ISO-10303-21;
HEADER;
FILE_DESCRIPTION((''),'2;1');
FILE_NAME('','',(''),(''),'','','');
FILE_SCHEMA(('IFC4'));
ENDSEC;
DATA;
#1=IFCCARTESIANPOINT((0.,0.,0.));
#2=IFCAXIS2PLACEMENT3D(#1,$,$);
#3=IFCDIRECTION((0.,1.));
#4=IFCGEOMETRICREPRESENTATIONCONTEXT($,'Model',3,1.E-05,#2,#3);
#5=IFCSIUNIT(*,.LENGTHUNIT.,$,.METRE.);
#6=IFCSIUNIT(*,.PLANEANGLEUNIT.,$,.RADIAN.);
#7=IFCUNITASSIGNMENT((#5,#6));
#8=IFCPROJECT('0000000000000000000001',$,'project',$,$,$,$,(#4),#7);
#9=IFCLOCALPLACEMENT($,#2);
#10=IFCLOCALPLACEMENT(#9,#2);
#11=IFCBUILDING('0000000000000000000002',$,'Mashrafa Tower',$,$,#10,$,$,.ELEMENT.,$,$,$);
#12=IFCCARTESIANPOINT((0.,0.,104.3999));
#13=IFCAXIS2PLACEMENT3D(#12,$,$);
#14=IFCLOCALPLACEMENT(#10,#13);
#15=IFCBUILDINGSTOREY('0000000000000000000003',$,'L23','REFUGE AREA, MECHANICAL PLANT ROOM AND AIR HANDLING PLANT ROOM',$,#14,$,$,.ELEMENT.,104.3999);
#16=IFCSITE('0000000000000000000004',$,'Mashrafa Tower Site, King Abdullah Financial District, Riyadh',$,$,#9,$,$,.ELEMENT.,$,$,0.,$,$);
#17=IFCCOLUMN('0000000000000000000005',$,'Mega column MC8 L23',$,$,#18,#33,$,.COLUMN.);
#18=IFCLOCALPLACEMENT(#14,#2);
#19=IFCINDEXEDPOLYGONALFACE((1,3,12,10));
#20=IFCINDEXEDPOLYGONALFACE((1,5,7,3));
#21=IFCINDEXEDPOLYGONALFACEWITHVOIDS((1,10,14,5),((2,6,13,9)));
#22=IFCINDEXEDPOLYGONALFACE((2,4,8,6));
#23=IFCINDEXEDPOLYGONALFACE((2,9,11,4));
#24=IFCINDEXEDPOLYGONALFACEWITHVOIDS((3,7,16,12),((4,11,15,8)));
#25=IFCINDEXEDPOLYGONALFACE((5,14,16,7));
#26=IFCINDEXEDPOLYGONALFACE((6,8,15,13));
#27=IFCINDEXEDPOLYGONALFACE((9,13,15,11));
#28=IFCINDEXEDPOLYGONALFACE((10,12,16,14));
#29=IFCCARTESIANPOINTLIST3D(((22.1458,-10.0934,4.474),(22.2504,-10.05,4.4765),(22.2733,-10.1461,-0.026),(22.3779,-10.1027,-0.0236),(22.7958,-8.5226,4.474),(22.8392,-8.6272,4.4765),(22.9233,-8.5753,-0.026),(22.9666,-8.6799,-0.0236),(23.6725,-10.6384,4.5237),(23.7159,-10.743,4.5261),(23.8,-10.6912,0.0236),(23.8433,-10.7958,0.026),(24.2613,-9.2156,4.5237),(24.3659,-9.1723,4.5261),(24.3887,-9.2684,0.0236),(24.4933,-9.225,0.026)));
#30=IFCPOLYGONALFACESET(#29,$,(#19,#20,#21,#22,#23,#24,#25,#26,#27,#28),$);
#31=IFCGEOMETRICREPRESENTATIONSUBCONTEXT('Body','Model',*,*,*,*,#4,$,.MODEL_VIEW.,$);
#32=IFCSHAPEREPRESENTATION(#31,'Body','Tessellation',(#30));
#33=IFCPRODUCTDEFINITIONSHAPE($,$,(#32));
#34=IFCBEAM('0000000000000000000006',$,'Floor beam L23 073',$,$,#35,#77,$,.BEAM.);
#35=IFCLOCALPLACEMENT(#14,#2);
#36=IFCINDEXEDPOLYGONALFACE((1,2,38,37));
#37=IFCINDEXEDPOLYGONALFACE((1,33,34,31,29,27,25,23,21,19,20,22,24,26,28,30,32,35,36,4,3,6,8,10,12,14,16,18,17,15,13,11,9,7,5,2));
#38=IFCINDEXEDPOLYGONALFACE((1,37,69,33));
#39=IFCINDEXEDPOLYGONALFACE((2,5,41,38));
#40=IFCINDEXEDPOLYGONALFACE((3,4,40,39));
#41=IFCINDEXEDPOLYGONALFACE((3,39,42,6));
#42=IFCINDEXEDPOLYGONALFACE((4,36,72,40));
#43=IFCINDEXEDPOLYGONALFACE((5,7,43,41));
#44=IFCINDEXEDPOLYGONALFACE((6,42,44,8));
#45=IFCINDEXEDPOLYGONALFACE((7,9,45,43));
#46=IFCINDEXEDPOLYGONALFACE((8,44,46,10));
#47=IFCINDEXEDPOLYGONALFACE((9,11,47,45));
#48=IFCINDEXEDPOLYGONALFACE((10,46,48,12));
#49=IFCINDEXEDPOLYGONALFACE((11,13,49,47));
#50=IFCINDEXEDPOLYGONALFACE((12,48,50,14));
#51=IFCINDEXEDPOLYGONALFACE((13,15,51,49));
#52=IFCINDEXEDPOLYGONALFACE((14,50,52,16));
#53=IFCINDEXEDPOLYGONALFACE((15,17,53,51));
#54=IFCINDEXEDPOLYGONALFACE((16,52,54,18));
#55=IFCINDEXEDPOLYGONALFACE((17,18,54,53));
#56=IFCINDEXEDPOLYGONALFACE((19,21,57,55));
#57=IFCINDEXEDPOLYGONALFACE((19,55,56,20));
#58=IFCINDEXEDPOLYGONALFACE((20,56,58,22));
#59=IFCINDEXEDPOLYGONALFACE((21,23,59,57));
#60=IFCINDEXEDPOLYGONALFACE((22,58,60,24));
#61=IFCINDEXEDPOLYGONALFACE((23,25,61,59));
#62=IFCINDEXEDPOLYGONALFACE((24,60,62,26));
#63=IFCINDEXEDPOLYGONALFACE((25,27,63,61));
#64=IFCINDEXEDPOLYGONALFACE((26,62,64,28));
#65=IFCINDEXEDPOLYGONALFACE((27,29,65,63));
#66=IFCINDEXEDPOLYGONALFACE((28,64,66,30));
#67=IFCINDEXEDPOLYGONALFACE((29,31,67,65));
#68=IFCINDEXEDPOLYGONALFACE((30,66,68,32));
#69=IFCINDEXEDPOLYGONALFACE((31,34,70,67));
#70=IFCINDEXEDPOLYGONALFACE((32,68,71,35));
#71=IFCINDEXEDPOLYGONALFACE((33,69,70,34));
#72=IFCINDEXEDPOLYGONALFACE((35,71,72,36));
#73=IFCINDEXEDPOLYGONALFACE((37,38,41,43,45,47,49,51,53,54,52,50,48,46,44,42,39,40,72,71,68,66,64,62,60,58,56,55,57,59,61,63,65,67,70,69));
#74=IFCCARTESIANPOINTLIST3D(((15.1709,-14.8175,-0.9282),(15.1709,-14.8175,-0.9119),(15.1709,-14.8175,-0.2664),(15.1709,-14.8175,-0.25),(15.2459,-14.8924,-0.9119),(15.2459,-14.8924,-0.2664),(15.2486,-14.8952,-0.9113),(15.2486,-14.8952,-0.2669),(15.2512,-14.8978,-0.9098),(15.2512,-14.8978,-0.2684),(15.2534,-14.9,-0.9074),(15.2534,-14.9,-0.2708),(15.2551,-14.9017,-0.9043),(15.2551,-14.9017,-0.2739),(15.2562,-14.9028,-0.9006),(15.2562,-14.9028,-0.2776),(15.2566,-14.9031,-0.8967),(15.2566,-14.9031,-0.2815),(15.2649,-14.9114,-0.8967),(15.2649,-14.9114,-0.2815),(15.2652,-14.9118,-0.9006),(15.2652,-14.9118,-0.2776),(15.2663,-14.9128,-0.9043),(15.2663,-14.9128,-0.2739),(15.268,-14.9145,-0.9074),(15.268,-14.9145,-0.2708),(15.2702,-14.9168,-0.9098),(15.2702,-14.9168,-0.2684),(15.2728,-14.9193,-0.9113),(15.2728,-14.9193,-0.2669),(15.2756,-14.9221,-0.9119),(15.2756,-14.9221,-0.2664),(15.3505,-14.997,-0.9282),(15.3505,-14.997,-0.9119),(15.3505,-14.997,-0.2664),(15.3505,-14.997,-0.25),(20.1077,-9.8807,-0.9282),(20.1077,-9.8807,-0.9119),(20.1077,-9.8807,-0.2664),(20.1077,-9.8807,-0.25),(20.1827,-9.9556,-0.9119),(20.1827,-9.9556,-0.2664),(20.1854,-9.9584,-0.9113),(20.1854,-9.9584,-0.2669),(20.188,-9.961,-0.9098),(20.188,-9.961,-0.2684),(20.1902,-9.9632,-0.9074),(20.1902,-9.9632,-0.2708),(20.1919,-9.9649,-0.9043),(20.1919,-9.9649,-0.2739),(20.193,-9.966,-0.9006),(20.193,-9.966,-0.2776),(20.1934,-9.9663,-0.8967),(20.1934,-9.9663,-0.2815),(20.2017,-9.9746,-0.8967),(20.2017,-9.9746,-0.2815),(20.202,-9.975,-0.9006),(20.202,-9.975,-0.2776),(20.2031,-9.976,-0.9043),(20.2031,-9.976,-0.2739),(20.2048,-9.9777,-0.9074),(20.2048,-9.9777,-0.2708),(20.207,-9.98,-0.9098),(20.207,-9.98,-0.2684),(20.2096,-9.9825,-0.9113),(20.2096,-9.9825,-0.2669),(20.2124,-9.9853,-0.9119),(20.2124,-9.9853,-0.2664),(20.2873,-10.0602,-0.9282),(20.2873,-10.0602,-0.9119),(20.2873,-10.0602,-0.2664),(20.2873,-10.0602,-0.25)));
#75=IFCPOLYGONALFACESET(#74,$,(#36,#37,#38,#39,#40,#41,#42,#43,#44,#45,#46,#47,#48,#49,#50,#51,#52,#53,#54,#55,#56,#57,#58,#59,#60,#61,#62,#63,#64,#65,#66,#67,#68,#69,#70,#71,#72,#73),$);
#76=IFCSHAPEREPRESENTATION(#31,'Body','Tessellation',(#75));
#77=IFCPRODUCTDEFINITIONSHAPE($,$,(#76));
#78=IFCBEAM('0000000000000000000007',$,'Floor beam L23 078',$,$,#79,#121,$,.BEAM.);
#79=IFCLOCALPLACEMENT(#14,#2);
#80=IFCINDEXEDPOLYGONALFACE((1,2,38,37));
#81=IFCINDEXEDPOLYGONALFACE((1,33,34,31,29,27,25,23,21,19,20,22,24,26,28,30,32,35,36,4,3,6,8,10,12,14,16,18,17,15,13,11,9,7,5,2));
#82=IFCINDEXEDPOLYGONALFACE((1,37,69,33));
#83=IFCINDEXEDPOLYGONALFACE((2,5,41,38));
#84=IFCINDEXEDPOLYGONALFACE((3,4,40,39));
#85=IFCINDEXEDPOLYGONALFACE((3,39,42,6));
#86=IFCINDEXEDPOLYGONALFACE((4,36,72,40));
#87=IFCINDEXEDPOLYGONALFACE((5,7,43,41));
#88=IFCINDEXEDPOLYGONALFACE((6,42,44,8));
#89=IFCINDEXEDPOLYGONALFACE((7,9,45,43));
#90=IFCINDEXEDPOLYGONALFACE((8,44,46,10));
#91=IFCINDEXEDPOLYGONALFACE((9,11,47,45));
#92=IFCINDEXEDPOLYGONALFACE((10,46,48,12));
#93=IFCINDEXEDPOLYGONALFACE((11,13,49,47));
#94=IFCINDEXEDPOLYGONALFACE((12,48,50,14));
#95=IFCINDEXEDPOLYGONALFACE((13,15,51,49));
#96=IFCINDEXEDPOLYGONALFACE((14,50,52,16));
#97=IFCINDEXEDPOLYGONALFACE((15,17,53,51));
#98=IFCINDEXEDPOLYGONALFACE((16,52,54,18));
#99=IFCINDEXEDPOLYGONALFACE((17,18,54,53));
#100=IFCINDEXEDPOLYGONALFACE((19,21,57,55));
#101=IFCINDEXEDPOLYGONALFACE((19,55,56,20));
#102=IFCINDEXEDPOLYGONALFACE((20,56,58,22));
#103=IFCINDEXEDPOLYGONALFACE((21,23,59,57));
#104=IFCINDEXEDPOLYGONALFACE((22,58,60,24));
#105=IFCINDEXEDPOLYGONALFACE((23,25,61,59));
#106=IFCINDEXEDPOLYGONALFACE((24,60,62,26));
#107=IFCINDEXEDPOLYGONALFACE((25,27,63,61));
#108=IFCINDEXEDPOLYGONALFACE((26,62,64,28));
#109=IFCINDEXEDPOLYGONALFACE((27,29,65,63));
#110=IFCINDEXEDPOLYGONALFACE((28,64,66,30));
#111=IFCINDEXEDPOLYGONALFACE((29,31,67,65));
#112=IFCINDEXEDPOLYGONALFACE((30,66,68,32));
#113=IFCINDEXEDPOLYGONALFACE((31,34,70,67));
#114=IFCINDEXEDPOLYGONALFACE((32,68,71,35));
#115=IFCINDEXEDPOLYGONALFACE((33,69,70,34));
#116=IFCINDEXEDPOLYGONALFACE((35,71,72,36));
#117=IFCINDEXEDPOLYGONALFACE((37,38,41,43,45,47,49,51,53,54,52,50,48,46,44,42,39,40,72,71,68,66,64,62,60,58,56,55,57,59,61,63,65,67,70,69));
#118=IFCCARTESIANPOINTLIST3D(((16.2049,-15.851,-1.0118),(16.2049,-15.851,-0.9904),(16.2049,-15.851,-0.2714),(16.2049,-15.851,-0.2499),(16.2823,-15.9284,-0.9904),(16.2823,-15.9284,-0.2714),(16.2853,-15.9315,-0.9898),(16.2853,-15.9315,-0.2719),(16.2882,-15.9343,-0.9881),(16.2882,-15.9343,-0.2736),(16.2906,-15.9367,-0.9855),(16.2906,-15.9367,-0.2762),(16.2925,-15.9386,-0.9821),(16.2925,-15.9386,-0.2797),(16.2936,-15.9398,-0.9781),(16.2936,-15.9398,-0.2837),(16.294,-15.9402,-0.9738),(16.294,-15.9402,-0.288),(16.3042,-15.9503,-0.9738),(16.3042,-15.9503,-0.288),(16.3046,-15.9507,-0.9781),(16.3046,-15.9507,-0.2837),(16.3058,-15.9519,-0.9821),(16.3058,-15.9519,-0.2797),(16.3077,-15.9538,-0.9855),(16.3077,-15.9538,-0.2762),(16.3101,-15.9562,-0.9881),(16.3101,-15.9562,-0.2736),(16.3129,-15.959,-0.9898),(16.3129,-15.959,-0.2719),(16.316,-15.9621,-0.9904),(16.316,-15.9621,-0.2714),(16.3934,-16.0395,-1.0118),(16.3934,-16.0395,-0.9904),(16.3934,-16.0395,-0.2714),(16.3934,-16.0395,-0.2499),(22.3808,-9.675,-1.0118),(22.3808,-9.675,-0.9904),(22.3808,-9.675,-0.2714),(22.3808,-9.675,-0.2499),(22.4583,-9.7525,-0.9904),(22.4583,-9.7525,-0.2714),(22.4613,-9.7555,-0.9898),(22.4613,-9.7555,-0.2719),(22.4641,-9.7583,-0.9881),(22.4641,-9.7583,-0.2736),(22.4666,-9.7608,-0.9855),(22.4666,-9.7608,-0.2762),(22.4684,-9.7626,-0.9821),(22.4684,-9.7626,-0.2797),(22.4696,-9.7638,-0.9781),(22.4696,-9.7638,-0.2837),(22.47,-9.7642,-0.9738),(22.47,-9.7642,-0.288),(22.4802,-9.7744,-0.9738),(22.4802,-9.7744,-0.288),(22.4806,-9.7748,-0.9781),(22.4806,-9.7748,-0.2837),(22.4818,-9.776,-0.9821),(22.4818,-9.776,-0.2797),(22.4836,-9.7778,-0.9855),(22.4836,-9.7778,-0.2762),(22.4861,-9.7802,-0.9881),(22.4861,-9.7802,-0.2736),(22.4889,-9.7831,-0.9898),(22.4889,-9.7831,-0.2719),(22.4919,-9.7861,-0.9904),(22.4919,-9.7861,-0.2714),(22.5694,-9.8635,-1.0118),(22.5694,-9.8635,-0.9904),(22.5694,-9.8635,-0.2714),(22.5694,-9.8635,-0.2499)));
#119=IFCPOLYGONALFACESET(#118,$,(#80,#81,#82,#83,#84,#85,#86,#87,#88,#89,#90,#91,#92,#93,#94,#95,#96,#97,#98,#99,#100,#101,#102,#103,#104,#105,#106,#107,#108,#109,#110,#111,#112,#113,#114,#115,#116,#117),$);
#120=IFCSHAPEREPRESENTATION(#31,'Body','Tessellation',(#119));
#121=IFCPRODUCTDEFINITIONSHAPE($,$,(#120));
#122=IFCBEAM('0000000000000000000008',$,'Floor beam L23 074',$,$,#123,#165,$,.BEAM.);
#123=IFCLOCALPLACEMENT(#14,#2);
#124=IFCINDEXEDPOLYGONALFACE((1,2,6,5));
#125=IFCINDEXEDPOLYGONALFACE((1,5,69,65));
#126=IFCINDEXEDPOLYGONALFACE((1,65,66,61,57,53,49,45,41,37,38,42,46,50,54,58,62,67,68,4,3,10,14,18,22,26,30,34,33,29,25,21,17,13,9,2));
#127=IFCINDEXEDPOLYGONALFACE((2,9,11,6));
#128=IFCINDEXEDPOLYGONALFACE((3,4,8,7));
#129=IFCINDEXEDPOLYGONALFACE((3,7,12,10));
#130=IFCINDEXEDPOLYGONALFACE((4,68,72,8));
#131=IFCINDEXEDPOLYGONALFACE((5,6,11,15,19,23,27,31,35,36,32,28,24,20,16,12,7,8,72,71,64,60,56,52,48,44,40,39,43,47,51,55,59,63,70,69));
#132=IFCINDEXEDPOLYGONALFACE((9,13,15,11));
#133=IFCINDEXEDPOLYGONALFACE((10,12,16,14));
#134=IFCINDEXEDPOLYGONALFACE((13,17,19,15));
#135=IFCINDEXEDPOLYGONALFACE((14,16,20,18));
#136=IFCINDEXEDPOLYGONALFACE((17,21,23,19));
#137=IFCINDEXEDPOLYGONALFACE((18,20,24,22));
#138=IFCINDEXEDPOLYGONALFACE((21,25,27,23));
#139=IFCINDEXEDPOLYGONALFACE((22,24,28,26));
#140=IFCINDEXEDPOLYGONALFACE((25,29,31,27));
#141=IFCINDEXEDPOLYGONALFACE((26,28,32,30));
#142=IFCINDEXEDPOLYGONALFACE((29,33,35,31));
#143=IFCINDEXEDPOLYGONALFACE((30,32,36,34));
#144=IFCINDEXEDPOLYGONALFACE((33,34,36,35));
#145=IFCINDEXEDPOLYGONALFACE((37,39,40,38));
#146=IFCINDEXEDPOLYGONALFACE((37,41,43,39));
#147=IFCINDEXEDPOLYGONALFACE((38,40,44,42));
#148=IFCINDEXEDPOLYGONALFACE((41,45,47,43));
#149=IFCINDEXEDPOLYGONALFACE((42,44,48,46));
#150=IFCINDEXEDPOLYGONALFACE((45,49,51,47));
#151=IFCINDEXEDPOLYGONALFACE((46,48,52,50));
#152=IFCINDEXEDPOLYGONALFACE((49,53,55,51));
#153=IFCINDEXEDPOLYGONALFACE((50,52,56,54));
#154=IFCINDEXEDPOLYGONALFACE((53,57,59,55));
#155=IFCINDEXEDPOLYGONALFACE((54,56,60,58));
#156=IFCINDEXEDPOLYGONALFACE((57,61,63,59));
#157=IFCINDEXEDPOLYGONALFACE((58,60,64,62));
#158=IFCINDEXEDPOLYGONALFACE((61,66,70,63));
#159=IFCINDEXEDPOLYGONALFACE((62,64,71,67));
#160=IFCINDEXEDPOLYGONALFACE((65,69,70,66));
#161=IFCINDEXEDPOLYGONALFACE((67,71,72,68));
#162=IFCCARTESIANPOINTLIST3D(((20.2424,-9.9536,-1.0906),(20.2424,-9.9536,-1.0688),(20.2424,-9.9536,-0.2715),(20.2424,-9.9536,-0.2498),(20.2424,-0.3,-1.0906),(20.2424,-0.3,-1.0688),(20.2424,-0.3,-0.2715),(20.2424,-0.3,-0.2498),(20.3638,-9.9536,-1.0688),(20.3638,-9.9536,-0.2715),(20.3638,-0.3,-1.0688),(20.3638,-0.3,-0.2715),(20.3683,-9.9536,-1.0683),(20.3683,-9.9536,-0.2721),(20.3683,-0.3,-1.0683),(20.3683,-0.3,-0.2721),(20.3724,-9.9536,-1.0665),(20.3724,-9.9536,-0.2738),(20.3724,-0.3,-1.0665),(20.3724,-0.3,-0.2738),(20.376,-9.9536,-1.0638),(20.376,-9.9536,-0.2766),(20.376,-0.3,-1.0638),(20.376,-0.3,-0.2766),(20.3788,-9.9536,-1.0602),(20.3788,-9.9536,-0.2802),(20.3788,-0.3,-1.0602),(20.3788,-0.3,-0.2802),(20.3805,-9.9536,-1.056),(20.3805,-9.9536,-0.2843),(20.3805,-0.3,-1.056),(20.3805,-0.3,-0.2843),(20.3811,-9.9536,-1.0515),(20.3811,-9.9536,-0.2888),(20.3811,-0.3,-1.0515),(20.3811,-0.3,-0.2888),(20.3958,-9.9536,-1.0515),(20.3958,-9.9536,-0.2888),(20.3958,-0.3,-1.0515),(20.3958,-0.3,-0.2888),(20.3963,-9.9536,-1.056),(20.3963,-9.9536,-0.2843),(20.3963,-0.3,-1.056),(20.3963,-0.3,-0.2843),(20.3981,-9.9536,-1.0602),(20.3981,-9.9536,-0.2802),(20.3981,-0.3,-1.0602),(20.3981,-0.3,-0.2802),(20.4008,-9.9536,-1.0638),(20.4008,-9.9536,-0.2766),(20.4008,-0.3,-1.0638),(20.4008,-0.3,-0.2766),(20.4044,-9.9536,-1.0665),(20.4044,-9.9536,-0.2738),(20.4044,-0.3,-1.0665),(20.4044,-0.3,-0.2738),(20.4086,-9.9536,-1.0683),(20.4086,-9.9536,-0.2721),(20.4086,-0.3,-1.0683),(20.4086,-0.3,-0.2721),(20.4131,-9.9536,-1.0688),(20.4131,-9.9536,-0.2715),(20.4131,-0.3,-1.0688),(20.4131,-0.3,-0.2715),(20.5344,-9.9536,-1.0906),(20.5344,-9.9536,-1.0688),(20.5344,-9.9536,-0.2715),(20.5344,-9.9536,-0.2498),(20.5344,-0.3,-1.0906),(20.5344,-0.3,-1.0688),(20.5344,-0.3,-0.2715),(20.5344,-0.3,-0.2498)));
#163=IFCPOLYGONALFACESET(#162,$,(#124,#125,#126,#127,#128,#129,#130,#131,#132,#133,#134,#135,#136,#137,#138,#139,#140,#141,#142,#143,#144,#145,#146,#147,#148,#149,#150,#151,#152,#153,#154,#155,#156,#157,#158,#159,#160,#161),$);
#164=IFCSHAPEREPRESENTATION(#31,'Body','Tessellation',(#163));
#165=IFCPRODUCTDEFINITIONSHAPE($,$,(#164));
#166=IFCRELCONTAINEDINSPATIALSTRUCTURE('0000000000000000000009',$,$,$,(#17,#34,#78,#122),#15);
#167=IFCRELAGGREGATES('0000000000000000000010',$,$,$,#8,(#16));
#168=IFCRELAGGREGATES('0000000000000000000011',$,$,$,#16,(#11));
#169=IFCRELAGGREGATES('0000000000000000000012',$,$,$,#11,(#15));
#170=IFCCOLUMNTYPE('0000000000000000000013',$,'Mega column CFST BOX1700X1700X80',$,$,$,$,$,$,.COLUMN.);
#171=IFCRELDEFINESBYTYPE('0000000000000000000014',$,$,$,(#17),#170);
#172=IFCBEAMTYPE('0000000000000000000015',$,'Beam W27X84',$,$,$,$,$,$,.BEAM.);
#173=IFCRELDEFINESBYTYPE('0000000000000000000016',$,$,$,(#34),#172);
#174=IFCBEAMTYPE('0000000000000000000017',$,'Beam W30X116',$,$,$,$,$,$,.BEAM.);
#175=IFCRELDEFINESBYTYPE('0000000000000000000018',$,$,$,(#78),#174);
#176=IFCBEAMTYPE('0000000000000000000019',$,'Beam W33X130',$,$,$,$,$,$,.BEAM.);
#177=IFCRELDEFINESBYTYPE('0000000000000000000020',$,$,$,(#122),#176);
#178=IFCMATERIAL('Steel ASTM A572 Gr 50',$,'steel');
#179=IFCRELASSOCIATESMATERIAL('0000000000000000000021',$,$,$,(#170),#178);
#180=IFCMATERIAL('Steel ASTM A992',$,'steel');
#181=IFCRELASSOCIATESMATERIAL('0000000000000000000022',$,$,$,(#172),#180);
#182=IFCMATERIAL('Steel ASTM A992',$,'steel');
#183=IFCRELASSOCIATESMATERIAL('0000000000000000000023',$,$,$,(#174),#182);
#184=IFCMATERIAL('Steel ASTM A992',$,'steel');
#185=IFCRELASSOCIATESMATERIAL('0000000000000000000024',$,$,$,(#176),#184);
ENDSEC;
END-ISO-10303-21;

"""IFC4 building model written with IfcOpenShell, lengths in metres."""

from ifc_helpers import new_model, si_unit, direction, frame, origin, origin_2d, place, context, subcontext, project, spatial, hollow_rectangle, i_section, extrude, material, material_profile, profile_set, type_object, element, save


model = new_model("IFC4")

# Units and contexts
model_context = context("Model", 3, precision=1e-05, world=origin(), true_north=direction((0.0, 1.0)))
body_context = subcontext(model_context, "Body", "Model", "MODEL_VIEW")
ifc_project = project(units=[si_unit("LENGTHUNIT", "METRE"), si_unit("PLANEANGLEUNIT", "RADIAN")], contexts=[model_context])

# Site, building, storey
site_placement = place(None, origin())
site = spatial("IfcSite", under=ifc_project, at=site_placement, Name="Mashrafa Tower Site, King Abdullah Financial District, Riyadh", CompositionType="ELEMENT", RefElevation=0.0)
building_placement = place(site_placement, origin())
building = spatial("IfcBuilding", under=site, at=building_placement, Name="Mashrafa Tower", CompositionType="ELEMENT")
storey_placement = place(building_placement, frame((0.0, 0.0, 104.3999)))
storey = spatial("IfcBuildingStorey", under=building, at=storey_placement, Name="L23", Description="REFUGE AREA, MECHANICAL PLANT ROOM AND AIR HANDLING PLANT ROOM", CompositionType="ELEMENT", Elevation=104.3999)

# Column
ifc_material_1 = material(Name="Steel ASTM A572 Gr 50", Category="steel")
ifc_material_profile_1 = material_profile(ifc_material_1, hollow_rectangle(XDim=1.7, YDim=1.7, WallThickness=0.0801, at=origin_2d()), Name="BOX1700X1700X80")
ifc_profile_set_1 = profile_set([ifc_material_profile_1], Name="Steel ASTM A572 Gr 50")
column_type = type_object("IfcColumnType", Name="Mega column CFST BOX1700X1700X80", PredefinedType="COLUMN", material=ifc_profile_set_1)
column_placement = place(storey_placement, frame((23.3833, -9.6855, 0.0), z_axis=(-0.028307, 0.011713, 0.999531), x_axis=(-0.382352, -0.924017, 0.0)))
element("IfcColumn", 1, at=column_placement, inside=storey, type_object=column_type, Name="Mega column MC8 L23", PredefinedType="COLUMN", context=body_context, shape_type="SweptSolid", body=[
    extrude(hollow_rectangle(XDim=1.7, YDim=1.7, WallThickness=0.0801, at=origin_2d()), origin(), (0.0, 0.0, 1.0), 4.5022),
])

# Beams
ifc_material_2 = material(Name="Steel ASTM A992", Category="steel")
ifc_material_profile_2 = material_profile(ifc_material_2, i_section(OverallWidth=0.2539, OverallDepth=0.6782, WebThickness=0.0117, FlangeThickness=0.0164, FilletRadius=0.0151, at=origin_2d()), Name="W27X84")
ifc_profile_set_2 = profile_set([ifc_material_profile_2], Name="Steel ASTM A992")
beam_type_1 = type_object("IfcBeamType", Name="Beam W27X84", PredefinedType="BEAM", material=ifc_profile_set_2)
beam_1_placement = place(storey_placement, frame((20.1975, -9.9705, -0.5891), z_axis=(-0.707107, -0.707107, 0.0), x_axis=(0.707107, -0.707107, 0.0)))
element("IfcBeam", 2, at=beam_1_placement, inside=storey, type_object=beam_type_1, Name="Floor beam L23 073", PredefinedType="BEAM", context=body_context, shape_type="SweptSolid", body=[
    extrude(i_section(OverallWidth=0.2539, OverallDepth=0.6782, WebThickness=0.0117, FlangeThickness=0.0164, FilletRadius=0.0151, at=origin_2d()), origin(), (0.0, 0.0, 1.0), 6.9817),
])
ifc_material_3 = material(Name="Steel ASTM A992", Category="steel")
ifc_material_profile_3 = material_profile(ifc_material_3, i_section(OverallWidth=0.2666, OverallDepth=0.762, WebThickness=0.0144, FlangeThickness=0.0215, FilletRadius=0.0166, at=origin_2d()), Name="W30X116")
ifc_profile_set_3 = profile_set([ifc_material_profile_3], Name="Steel ASTM A992")
beam_type_2 = type_object("IfcBeamType", Name="Beam W30X116", PredefinedType="BEAM", material=ifc_profile_set_3)
beam_2_placement = place(storey_placement, frame((22.4751, -9.7693, -0.6309), z_axis=(-0.707107, -0.707107, 0.0), x_axis=(0.707107, -0.707107, 0.0)))
element("IfcBeam", 3, at=beam_2_placement, inside=storey, type_object=beam_type_2, Name="Floor beam L23 078", PredefinedType="BEAM", context=body_context, shape_type="SweptSolid", body=[
    extrude(i_section(OverallWidth=0.2666, OverallDepth=0.762, WebThickness=0.0144, FlangeThickness=0.0215, FilletRadius=0.0166, at=origin_2d()), origin(), (0.0, 0.0, 1.0), 8.7341),
])
ifc_material_4 = material(Name="Steel ASTM A992", Category="steel")
ifc_material_profile_4 = material_profile(ifc_material_4, i_section(OverallWidth=0.292, OverallDepth=0.8408, WebThickness=0.0146, FlangeThickness=0.0217, FilletRadius=0.0173, at=origin_2d()), Name="W33X130")
ifc_profile_set_4 = profile_set([ifc_material_profile_4], Name="Steel ASTM A992")
beam_type_3 = type_object("IfcBeamType", Name="Beam W33X130", PredefinedType="BEAM", material=ifc_profile_set_4)
beam_3_placement = place(storey_placement, frame((20.3884, -0.3, -0.6702), z_axis=(0.0, -1.0, 0.0), x_axis=(1.0, 0.0, 0.0)))
element("IfcBeam", 4, at=beam_3_placement, inside=storey, type_object=beam_type_3, Name="Floor beam L23 074", PredefinedType="BEAM", context=body_context, shape_type="SweptSolid", body=[
    extrude(i_section(OverallWidth=0.292, OverallDepth=0.8408, WebThickness=0.0146, FlangeThickness=0.0217, FilletRadius=0.0173, at=origin_2d()), origin(), (0.0, 0.0, 1.0), 9.6536),
])

save(model, "model.ifc")
